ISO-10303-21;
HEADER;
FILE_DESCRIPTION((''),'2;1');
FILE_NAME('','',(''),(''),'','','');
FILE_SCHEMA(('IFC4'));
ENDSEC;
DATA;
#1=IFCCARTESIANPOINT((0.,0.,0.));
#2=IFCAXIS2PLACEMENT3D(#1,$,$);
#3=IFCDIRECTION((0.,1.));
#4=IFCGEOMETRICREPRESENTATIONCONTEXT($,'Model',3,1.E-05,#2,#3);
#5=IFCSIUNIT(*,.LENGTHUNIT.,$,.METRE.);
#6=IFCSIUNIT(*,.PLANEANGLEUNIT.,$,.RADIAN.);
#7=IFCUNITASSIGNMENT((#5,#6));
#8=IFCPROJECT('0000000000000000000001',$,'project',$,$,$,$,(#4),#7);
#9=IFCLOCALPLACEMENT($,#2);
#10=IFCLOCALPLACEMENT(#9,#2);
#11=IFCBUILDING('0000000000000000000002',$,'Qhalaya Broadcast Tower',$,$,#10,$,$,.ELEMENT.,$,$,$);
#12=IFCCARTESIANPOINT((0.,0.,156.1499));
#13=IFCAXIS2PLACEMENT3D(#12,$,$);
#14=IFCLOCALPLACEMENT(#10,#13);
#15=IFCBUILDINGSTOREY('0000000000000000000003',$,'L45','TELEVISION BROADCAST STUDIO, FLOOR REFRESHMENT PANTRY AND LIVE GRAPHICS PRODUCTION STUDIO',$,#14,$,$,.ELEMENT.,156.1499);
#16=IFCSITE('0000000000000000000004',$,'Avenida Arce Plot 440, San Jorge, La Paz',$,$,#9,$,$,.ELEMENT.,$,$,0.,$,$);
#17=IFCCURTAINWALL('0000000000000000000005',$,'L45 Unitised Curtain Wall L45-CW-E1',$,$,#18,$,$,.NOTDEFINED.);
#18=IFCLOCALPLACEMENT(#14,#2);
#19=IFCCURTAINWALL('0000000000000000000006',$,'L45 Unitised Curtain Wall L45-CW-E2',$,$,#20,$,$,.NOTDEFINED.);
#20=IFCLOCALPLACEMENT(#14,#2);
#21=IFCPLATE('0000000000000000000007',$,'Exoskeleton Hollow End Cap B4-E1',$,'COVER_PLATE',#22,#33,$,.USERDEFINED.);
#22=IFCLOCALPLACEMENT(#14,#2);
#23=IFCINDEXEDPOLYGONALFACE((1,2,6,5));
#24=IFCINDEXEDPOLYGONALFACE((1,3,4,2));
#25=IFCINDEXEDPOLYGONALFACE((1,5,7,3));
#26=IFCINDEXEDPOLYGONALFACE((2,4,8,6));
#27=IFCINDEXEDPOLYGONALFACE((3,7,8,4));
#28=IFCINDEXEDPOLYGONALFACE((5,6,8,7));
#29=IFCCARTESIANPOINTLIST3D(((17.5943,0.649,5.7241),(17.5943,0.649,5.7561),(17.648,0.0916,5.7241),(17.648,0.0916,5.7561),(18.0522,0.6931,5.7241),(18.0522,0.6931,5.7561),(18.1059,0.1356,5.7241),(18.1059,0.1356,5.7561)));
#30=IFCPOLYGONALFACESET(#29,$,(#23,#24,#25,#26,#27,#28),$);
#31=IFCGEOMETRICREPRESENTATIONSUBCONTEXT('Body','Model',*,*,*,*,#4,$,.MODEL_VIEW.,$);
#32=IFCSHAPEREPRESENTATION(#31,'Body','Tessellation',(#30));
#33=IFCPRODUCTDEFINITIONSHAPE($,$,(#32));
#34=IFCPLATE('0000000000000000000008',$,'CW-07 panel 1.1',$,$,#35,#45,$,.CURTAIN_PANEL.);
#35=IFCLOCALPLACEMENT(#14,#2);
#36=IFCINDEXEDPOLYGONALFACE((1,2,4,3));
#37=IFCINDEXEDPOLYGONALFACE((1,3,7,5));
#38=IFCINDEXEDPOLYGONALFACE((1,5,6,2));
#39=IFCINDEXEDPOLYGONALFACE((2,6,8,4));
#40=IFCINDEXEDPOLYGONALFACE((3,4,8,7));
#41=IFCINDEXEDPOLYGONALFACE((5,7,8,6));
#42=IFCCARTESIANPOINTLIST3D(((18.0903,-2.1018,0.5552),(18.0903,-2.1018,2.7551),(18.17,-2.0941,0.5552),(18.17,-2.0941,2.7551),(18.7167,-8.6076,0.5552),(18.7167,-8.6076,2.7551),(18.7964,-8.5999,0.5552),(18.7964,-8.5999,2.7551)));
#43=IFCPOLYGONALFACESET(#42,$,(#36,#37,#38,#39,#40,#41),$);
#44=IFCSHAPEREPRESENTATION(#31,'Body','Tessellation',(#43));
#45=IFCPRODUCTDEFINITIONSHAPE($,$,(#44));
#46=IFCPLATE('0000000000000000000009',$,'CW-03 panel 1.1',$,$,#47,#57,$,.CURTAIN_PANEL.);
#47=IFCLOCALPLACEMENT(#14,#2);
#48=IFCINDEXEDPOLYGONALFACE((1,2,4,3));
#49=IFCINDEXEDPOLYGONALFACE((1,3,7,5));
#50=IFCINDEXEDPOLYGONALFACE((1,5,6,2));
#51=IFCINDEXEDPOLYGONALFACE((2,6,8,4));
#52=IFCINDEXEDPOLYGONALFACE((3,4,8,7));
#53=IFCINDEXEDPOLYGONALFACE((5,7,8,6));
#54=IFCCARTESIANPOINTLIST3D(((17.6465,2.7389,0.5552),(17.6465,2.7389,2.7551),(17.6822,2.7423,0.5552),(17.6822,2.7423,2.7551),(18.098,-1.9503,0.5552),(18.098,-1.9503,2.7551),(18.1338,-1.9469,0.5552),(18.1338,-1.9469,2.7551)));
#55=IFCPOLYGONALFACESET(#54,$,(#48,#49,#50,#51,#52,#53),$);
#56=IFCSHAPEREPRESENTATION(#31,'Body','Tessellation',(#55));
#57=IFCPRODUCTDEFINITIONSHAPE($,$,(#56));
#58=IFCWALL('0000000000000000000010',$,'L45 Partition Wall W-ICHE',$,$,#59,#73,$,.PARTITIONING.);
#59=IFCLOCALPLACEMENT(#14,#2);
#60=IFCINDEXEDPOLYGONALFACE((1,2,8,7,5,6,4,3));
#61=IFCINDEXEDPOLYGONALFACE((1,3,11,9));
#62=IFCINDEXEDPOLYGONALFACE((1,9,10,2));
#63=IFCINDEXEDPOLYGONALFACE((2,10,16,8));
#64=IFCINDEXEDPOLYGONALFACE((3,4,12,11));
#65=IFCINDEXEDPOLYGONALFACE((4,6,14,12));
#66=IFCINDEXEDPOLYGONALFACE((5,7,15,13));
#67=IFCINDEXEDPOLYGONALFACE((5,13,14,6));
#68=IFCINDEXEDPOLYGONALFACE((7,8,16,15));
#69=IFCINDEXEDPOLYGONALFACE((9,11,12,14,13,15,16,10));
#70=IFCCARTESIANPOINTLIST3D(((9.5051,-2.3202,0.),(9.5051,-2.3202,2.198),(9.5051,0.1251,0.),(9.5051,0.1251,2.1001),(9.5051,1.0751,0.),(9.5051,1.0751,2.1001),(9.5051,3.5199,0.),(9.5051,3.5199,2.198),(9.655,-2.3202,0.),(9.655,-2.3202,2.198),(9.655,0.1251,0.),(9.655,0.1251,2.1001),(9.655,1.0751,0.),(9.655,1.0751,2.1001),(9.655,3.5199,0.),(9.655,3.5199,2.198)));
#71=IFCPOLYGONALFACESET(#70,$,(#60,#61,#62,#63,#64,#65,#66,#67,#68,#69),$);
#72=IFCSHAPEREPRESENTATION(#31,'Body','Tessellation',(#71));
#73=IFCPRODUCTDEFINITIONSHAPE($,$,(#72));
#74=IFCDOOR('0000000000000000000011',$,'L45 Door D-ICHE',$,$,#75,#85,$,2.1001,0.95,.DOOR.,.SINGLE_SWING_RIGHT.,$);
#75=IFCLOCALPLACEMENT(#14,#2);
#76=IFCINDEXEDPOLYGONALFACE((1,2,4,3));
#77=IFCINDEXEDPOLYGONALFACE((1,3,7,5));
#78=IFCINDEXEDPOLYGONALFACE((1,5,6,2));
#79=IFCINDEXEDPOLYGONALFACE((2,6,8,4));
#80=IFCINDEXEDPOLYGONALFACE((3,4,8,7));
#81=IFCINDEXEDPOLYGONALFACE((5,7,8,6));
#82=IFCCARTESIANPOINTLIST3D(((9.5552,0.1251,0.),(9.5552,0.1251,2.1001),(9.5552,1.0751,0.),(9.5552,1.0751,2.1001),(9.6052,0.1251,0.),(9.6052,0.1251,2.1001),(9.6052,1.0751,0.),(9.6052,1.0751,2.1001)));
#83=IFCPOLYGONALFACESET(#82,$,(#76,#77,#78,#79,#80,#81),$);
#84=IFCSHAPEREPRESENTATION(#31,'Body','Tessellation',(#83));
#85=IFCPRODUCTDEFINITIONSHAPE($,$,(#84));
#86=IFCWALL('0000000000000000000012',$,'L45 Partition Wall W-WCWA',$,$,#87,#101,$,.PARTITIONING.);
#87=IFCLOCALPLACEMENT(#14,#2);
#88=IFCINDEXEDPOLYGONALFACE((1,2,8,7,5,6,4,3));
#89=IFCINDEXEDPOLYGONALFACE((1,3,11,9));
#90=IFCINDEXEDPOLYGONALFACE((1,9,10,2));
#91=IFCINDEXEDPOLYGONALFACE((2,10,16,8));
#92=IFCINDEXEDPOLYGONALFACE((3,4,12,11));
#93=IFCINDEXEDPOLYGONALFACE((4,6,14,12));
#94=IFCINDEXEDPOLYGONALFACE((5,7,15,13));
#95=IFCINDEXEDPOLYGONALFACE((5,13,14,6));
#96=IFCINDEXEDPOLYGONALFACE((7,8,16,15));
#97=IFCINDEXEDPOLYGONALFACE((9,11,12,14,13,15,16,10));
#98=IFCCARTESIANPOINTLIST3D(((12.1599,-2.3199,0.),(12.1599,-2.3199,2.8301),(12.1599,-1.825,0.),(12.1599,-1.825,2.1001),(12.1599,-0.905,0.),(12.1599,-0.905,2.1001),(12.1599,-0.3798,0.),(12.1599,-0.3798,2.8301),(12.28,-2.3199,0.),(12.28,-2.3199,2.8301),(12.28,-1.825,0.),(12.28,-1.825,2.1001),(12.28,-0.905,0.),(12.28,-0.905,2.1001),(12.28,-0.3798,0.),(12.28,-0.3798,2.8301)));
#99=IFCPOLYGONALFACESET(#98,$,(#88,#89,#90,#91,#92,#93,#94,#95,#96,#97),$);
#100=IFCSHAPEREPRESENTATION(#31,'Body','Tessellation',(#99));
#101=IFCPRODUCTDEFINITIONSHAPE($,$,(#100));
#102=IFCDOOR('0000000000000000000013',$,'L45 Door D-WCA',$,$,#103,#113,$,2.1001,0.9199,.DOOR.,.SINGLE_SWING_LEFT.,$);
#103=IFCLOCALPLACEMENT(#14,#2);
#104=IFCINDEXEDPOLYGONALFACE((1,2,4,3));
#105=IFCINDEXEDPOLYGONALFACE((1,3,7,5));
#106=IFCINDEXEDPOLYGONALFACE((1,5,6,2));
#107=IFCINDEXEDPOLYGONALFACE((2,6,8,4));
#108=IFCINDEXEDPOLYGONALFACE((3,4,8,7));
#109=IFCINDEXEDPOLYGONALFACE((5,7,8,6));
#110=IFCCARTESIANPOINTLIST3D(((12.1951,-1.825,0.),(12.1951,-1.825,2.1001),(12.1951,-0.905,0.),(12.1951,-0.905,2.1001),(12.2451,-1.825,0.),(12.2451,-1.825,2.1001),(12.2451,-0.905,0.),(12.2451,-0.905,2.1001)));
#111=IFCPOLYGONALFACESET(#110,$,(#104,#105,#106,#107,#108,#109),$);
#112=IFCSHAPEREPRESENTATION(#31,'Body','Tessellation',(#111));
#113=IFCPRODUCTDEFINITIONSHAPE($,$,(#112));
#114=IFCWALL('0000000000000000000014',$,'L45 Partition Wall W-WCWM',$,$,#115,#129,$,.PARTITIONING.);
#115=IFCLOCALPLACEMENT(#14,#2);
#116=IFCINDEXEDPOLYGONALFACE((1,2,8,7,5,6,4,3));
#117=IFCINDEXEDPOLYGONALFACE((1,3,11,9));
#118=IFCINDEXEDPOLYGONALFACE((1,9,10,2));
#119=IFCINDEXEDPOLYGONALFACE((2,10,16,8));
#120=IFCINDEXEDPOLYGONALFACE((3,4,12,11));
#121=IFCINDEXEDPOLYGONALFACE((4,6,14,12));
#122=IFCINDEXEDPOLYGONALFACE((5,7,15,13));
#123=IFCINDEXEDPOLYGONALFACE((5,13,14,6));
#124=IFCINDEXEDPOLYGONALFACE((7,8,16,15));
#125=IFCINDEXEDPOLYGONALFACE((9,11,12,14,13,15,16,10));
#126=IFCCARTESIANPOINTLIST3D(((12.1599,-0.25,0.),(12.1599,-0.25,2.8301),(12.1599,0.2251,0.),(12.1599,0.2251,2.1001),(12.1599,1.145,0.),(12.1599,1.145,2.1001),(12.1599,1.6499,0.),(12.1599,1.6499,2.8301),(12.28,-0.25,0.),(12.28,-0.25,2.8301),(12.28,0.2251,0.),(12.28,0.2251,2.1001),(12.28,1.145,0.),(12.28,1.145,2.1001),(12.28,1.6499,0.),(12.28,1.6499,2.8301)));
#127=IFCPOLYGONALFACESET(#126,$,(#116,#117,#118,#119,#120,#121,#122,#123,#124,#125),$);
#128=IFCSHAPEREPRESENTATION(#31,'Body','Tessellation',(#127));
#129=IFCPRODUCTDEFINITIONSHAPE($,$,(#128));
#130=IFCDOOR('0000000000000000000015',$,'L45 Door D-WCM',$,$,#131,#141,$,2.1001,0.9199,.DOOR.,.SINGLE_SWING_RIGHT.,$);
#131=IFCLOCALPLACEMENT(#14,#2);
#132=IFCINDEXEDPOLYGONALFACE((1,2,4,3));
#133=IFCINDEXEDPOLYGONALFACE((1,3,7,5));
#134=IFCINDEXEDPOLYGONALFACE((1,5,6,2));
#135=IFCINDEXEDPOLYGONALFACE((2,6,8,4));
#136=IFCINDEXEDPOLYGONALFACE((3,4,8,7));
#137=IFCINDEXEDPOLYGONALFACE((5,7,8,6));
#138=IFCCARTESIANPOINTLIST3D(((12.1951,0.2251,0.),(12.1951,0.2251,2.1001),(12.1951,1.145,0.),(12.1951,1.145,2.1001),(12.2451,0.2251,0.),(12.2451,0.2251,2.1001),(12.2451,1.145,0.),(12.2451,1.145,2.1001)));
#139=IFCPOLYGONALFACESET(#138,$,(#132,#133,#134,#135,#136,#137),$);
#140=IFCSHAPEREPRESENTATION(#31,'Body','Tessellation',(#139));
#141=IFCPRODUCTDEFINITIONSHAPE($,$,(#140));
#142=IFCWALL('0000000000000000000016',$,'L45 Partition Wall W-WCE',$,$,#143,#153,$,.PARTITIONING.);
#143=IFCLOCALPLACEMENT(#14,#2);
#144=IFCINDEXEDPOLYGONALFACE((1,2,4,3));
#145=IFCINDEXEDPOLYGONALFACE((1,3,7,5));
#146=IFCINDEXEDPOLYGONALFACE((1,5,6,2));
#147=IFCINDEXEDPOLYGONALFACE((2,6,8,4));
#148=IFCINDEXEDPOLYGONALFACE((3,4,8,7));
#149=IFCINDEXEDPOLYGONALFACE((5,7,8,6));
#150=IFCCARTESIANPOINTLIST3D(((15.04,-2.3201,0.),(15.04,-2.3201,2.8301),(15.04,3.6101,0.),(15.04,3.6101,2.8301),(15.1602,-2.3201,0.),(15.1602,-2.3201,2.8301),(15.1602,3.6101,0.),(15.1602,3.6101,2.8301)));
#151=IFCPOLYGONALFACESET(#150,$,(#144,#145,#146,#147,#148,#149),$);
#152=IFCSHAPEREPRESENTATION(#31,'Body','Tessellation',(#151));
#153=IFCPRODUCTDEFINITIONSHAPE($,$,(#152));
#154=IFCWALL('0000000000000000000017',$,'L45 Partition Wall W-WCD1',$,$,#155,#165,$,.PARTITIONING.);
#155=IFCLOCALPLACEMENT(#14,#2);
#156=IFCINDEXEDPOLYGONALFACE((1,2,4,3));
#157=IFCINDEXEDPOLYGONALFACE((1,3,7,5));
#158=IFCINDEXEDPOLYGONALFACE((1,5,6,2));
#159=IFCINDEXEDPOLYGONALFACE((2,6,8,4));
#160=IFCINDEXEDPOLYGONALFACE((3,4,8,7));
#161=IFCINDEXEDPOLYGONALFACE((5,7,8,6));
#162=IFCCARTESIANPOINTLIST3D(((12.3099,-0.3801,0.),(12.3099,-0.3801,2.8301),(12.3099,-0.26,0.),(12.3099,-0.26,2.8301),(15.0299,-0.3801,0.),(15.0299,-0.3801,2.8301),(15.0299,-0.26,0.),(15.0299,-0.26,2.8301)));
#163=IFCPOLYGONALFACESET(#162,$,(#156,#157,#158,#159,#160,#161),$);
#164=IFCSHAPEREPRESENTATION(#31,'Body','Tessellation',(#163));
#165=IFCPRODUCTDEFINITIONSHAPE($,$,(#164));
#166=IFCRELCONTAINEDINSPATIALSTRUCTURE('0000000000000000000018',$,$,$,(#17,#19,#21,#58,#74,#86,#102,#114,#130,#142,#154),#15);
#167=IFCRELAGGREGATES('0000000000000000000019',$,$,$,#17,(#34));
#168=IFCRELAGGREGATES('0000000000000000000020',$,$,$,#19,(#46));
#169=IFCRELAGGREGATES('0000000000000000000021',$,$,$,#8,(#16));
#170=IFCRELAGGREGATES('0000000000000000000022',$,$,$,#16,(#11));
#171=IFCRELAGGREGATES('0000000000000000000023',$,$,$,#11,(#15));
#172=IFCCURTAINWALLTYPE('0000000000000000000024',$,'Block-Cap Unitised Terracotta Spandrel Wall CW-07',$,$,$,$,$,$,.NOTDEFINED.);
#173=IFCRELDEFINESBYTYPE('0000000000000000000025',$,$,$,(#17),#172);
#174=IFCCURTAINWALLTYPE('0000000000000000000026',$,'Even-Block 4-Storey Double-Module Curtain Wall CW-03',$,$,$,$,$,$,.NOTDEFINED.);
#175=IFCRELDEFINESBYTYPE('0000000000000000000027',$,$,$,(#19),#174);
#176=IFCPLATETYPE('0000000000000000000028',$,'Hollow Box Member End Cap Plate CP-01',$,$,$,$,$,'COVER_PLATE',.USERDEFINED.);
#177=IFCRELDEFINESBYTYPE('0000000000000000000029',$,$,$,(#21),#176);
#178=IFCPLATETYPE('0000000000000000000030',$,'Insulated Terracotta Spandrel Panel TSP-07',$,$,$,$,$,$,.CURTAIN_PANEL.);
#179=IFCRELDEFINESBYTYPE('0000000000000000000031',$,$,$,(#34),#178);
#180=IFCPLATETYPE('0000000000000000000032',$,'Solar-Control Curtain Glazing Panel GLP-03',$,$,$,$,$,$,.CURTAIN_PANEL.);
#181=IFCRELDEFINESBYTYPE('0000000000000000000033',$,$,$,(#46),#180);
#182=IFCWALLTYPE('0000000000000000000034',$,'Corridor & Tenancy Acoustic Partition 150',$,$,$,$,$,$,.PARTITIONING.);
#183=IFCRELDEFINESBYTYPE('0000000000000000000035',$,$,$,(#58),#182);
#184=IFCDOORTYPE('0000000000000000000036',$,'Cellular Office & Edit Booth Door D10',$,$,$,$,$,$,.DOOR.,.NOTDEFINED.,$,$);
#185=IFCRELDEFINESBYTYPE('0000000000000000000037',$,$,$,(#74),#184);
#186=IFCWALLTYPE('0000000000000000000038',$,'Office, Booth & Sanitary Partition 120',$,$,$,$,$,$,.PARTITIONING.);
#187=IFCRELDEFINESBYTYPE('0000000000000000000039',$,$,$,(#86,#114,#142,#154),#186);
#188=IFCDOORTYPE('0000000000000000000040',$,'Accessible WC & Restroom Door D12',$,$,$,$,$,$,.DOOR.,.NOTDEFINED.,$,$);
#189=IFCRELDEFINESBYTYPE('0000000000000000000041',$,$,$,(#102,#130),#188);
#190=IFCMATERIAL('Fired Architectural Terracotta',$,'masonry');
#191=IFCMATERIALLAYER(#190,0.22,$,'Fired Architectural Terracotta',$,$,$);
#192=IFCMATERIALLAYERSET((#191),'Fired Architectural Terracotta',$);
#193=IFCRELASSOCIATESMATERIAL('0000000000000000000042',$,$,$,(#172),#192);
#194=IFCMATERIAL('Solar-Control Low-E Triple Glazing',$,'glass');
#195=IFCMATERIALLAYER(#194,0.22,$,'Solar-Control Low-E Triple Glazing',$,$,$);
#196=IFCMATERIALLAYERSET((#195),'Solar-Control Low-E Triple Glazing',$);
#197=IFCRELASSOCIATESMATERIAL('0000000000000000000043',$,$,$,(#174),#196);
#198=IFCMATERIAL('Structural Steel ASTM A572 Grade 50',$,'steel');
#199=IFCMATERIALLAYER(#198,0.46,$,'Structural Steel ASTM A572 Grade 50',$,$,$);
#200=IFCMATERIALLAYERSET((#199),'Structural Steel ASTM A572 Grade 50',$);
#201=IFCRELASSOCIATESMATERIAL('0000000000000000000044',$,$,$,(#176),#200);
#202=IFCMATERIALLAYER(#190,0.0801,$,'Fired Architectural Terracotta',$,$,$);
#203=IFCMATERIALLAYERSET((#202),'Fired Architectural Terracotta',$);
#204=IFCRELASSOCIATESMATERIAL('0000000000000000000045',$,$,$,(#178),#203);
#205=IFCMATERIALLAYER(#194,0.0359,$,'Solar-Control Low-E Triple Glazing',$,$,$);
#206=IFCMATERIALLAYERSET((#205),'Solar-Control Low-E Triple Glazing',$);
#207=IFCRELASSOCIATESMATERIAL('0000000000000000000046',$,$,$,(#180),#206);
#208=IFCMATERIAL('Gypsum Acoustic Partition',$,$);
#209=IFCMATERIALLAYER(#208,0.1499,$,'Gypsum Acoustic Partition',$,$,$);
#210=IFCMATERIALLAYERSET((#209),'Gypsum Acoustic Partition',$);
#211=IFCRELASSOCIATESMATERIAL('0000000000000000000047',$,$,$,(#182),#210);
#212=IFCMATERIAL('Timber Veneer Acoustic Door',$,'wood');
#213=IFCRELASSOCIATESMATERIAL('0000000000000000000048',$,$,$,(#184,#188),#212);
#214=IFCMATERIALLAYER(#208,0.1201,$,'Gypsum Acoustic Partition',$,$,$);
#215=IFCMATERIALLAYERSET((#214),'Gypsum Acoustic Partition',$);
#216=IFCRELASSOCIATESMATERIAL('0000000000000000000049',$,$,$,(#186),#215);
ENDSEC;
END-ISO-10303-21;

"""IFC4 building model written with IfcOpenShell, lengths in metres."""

from ifc_helpers import new_model, si_unit, direction, frame, frame_2d, origin, origin_2d, place, context, subcontext, project, spatial, rectangle, extrude, material, layer, layer_set, type_object, element, fill, aggregate, save


model = new_model("IFC4")

# Units and contexts
model_context = context("Model", 3, precision=1e-05, world=origin(), true_north=direction((0.0, 1.0)))
body_context = subcontext(model_context, "Body", "Model", "MODEL_VIEW")
ifc_project = project(units=[si_unit("LENGTHUNIT", "METRE"), si_unit("PLANEANGLEUNIT", "RADIAN")], contexts=[model_context])

# Site, building, storey
site_placement = place(None, origin())
site = spatial("IfcSite", under=ifc_project, at=site_placement, Name="Avenida Arce Plot 440, San Jorge, La Paz", CompositionType="ELEMENT", RefElevation=0.0)
building_placement = place(site_placement, origin())
building = spatial("IfcBuilding", under=site, at=building_placement, Name="Qhalaya Broadcast Tower", CompositionType="ELEMENT")
storey_placement = place(building_placement, frame((0.0, 0.0, 156.1499)))
storey = spatial("IfcBuildingStorey", under=building, at=storey_placement, Name="L45", Description="TELEVISION BROADCAST STUDIO, FLOOR REFRESHMENT PANTRY AND LIVE GRAPHICS PRODUCTION STUDIO", CompositionType="ELEMENT", Elevation=156.1499)

# Shared definitions
ifc_material_1 = material(Name="Structural Steel ASTM A572 Grade 50", Category="steel")

# Curtain walls
ifc_material_2 = material(Name="Fired Architectural Terracotta", Category="masonry")
ifc_layer_1 = layer(ifc_material_2, 0.22, Name="Fired Architectural Terracotta")
ifc_layer_set_1 = layer_set([ifc_layer_1], Name="Fired Architectural Terracotta")
curtain_wall_type_1 = type_object("IfcCurtainWallType", Name="Block-Cap Unitised Terracotta Spandrel Wall CW-07", PredefinedType="NOTDEFINED", material=ifc_layer_set_1)
curtain_wall_1_placement = place(storey_placement, origin())
curtain_wall_1 = element("IfcCurtainWall", 1, at=curtain_wall_1_placement, inside=storey, type_object=curtain_wall_type_1, Name="L45 Unitised Curtain Wall L45-CW-E1", PredefinedType="NOTDEFINED")
ifc_material_3 = material(Name="Solar-Control Low-E Triple Glazing", Category="glass")
ifc_layer_2 = layer(ifc_material_3, 0.22, Name="Solar-Control Low-E Triple Glazing")
ifc_layer_set_2 = layer_set([ifc_layer_2], Name="Solar-Control Low-E Triple Glazing")
curtain_wall_type_2 = type_object("IfcCurtainWallType", Name="Even-Block 4-Storey Double-Module Curtain Wall CW-03", PredefinedType="NOTDEFINED", material=ifc_layer_set_2)
curtain_wall_2_placement = place(storey_placement, origin())
curtain_wall_2 = element("IfcCurtainWall", 2, at=curtain_wall_2_placement, inside=storey, type_object=curtain_wall_type_2, Name="L45 Unitised Curtain Wall L45-CW-E2", PredefinedType="NOTDEFINED")

# Plate
ifc_layer_3 = layer(ifc_material_1, 0.46, Name="Structural Steel ASTM A572 Grade 50")
ifc_layer_set_3 = layer_set([ifc_layer_3], Name="Structural Steel ASTM A572 Grade 50")
plate_type_1 = type_object("IfcPlateType", Name="Hollow Box Member End Cap Plate CP-01", ElementType="COVER_PLATE", PredefinedType="USERDEFINED", material=ifc_layer_set_3)
plate_1_placement = place(storey_placement, frame((17.8501, 0.3923, 5.7241), z_axis=(0.0, 0.0, 1.0), x_axis=(-0.095846, 0.995396, 0.0)))
element("IfcPlate", 3, at=plate_1_placement, inside=storey, type_object=plate_type_1, Name="Exoskeleton Hollow End Cap B4-E1", ObjectType="COVER_PLATE", PredefinedType="USERDEFINED", context=body_context, shape_type="SweptSolid", body=[
    extrude(rectangle(XDim=0.5601, YDim=0.46, at=origin_2d()), origin(), (0.0, 0.0, 1.0), 0.032),
])

# Plates
ifc_layer_4 = layer(ifc_material_2, 0.0801, Name="Fired Architectural Terracotta")
ifc_layer_set_4 = layer_set([ifc_layer_4], Name="Fired Architectural Terracotta")
plate_type_2 = type_object("IfcPlateType", Name="Insulated Terracotta Spandrel Panel TSP-07", PredefinedType="CURTAIN_PANEL", material=ifc_layer_set_4)
plate_2_placement = place(storey_placement, frame((18.4434, -5.3508, 0.5552), z_axis=(0.0, 0.0, 1.0), x_axis=(-0.095842, 0.995397, 0.0)))
plate_2 = element("IfcPlate", 4, at=plate_2_placement, type_object=plate_type_2, Name="CW-07 panel 1.1", PredefinedType="CURTAIN_PANEL", context=body_context, shape_type="SweptSolid", body=[
    extrude(rectangle(XDim=6.5359, YDim=0.0801, at=origin_2d()), origin(), (0.0, 0.0, 1.0), 2.2),
])
aggregate(curtain_wall_1, [plate_2])
ifc_layer_5 = layer(ifc_material_3, 0.0359, Name="Solar-Control Low-E Triple Glazing")
ifc_layer_set_5 = layer_set([ifc_layer_5], Name="Solar-Control Low-E Triple Glazing")
plate_type_3 = type_object("IfcPlateType", Name="Solar-Control Curtain Glazing Panel GLP-03", PredefinedType="CURTAIN_PANEL", material=ifc_layer_set_5)
plate_3_placement = place(storey_placement, frame((17.8901, 0.396, 0.5552), z_axis=(0.0, 0.0, 1.0), x_axis=(-0.095845, 0.995396, 0.0)))
plate_3 = element("IfcPlate", 5, at=plate_3_placement, type_object=plate_type_3, Name="CW-03 panel 1.1", PredefinedType="CURTAIN_PANEL", context=body_context, shape_type="SweptSolid", body=[
    extrude(rectangle(XDim=4.7109, YDim=0.0359, at=origin_2d()), origin(), (0.0, 0.0, 1.0), 2.2),
])
aggregate(curtain_wall_2, [plate_3])

# Walls, openings, doors
ifc_material_4 = material(Name="Gypsum Acoustic Partition")
ifc_layer_6 = layer(ifc_material_4, 0.1499, Name="Gypsum Acoustic Partition")
ifc_layer_set_6 = layer_set([ifc_layer_6], Name="Gypsum Acoustic Partition")
wall_type_1 = type_object("IfcWallType", Name="Corridor & Tenancy Acoustic Partition 150", PredefinedType="PARTITIONING", material=ifc_layer_set_6)
wall_1_placement = place(storey_placement, frame((9.5801, -2.3201, 0.0), z_axis=(0.0, 0.0, 1.0), x_axis=(0.0, 1.0, 0.0)))
wall_1 = element("IfcWall", 6, at=wall_1_placement, inside=storey, type_object=wall_type_1, Name="L45 Partition Wall W-ICHE", PredefinedType="PARTITIONING", context=body_context, shape_type="SweptSolid", body=[
    extrude(rectangle(XDim=5.8401, YDim=0.1499, at=frame_2d((2.9199, 0.0))), origin(), (0.0, 0.0, 1.0), 2.198),
])
opening_1_placement = place(wall_1_placement, frame((2.4451, 0.0, 0.0)))
opening_1 = element("IfcOpeningElement", 7, at=opening_1_placement, cuts=wall_1, PredefinedType="OPENING", context=body_context, shape_type="SweptSolid", body=[
    extrude(rectangle(XDim=0.95, YDim=2.1001, at=frame_2d((0.4751, 1.05))), frame((0.0, 0.0869, 0.0), z_axis=(0.0, -1.0, 0.0), x_axis=(1.0, 0.0, 0.0)), (0.0, 0.0, 1.0), 0.1738),
])
ifc_material_5 = material(Name="Timber Veneer Acoustic Door", Category="wood")
door_type_1 = type_object("IfcDoorType", Name="Cellular Office & Edit Booth Door D10", OperationType="NOTDEFINED", PredefinedType="DOOR", material=ifc_material_5)
door_1_placement = place(opening_1_placement, origin())
door_1 = element("IfcDoor", 8, at=door_1_placement, inside=storey, type_object=door_type_1, Name="L45 Door D-ICHE", OperationType="SINGLE_SWING_RIGHT", OverallHeight=2.1001, OverallWidth=0.95, PredefinedType="DOOR", context=body_context, shape_type="SweptSolid", body=[
    extrude(rectangle(XDim=0.95, YDim=2.1001, at=frame_2d((0.4751, 1.05))), frame((0.0, 0.0249, 0.0), z_axis=(0.0, -1.0, 0.0), x_axis=(1.0, 0.0, 0.0)), (0.0, 0.0, 1.0), 0.05),
])
fill(opening_1, door_1)
ifc_layer_7 = layer(ifc_material_4, 0.1201, Name="Gypsum Acoustic Partition")
ifc_layer_set_7 = layer_set([ifc_layer_7], Name="Gypsum Acoustic Partition")
wall_type_2 = type_object("IfcWallType", Name="Office, Booth & Sanitary Partition 120", PredefinedType="PARTITIONING", material=ifc_layer_set_7)
wall_2_placement = place(storey_placement, frame((12.22, -2.3201, 0.0), z_axis=(0.0, 0.0, 1.0), x_axis=(0.0, 1.0, 0.0)))
wall_2 = element("IfcWall", 9, at=wall_2_placement, inside=storey, type_object=wall_type_2, Name="L45 Partition Wall W-WCWA", PredefinedType="PARTITIONING", context=body_context, shape_type="SweptSolid", body=[
    extrude(rectangle(XDim=1.9402, YDim=0.1201, at=frame_2d((0.9702, 0.0))), origin(), (0.0, 0.0, 1.0), 2.8301),
])
opening_2_placement = place(wall_2_placement, frame((0.4951, 0.0, 0.0)))
opening_2 = element("IfcOpeningElement", 10, at=opening_2_placement, cuts=wall_2, PredefinedType="OPENING", context=body_context, shape_type="SweptSolid", body=[
    extrude(rectangle(XDim=0.9199, YDim=2.1001, at=frame_2d((0.46, 1.05))), frame((0.0, 0.072, 0.0), z_axis=(0.0, -1.0, 0.0), x_axis=(1.0, 0.0, 0.0)), (0.0, 0.0, 1.0), 0.144),
])
door_type_2 = type_object("IfcDoorType", Name="Accessible WC & Restroom Door D12", OperationType="NOTDEFINED", PredefinedType="DOOR", material=ifc_material_5)
door_2_placement = place(opening_2_placement, origin())
door_2 = element("IfcDoor", 11, at=door_2_placement, inside=storey, type_object=door_type_2, Name="L45 Door D-WCA", OperationType="SINGLE_SWING_LEFT", OverallHeight=2.1001, OverallWidth=0.9199, PredefinedType="DOOR", context=body_context, shape_type="SweptSolid", body=[
    extrude(rectangle(XDim=0.9199, YDim=2.1001, at=frame_2d((0.46, 1.05))), frame((0.0, 0.0249, 0.0), z_axis=(0.0, -1.0, 0.0), x_axis=(1.0, 0.0, 0.0)), (0.0, 0.0, 1.0), 0.05),
])
fill(opening_2, door_2)
wall_3_placement = place(storey_placement, frame((12.22, -0.25, 0.0), z_axis=(0.0, 0.0, 1.0), x_axis=(0.0, 1.0, 0.0)))
wall_3 = element("IfcWall", 12, at=wall_3_placement, inside=storey, type_object=wall_type_2, Name="L45 Partition Wall W-WCWM", PredefinedType="PARTITIONING", context=body_context, shape_type="SweptSolid", body=[
    extrude(rectangle(XDim=1.8999, YDim=0.1201, at=frame_2d((0.95, 0.0))), origin(), (0.0, 0.0, 1.0), 2.8301),
])
opening_3_placement = place(wall_3_placement, frame((0.4751, 0.0, 0.0)))
opening_3 = element("IfcOpeningElement", 13, at=opening_3_placement, cuts=wall_3, PredefinedType="OPENING", context=body_context, shape_type="SweptSolid", body=[
    extrude(rectangle(XDim=0.9199, YDim=2.1001, at=frame_2d((0.46, 1.05))), frame((0.0, 0.072, 0.0), z_axis=(0.0, -1.0, 0.0), x_axis=(1.0, 0.0, 0.0)), (0.0, 0.0, 1.0), 0.144),
])
door_3_placement = place(opening_3_placement, origin())
door_3 = element("IfcDoor", 14, at=door_3_placement, inside=storey, type_object=door_type_2, Name="L45 Door D-WCM", OperationType="SINGLE_SWING_RIGHT", OverallHeight=2.1001, OverallWidth=0.9199, PredefinedType="DOOR", context=body_context, shape_type="SweptSolid", body=[
    extrude(rectangle(XDim=0.9199, YDim=2.1001, at=frame_2d((0.46, 1.05))), frame((0.0, 0.0249, 0.0), z_axis=(0.0, -1.0, 0.0), x_axis=(1.0, 0.0, 0.0)), (0.0, 0.0, 1.0), 0.05),
])
fill(opening_3, door_3)

# Walls
wall_4_placement = place(storey_placement, frame((15.1001, -2.3201, 0.0), z_axis=(0.0, 0.0, 1.0), x_axis=(0.0, 1.0, 0.0)))
element("IfcWall", 15, at=wall_4_placement, inside=storey, type_object=wall_type_2, Name="L45 Partition Wall W-WCE", PredefinedType="PARTITIONING", context=body_context, shape_type="SweptSolid", body=[
    extrude(rectangle(XDim=5.9302, YDim=0.1201, at=frame_2d((2.9651, 0.0))), origin(), (0.0, 0.0, 1.0), 2.8301),
])
wall_5_placement = place(storey_placement, frame((12.3101, -0.3201, 0.0), z_axis=(0.0, 0.0, 1.0), x_axis=(1.0, 0.0, 0.0)))
element("IfcWall", 16, at=wall_5_placement, inside=storey, type_object=wall_type_2, Name="L45 Partition Wall W-WCD1", PredefinedType="PARTITIONING", context=body_context, shape_type="SweptSolid", body=[
    extrude(rectangle(XDim=2.72, YDim=0.1201, at=frame_2d((1.3599, 0.0))), origin(), (0.0, 0.0, 1.0), 2.8301),
])

save(model, "model.ifc")
